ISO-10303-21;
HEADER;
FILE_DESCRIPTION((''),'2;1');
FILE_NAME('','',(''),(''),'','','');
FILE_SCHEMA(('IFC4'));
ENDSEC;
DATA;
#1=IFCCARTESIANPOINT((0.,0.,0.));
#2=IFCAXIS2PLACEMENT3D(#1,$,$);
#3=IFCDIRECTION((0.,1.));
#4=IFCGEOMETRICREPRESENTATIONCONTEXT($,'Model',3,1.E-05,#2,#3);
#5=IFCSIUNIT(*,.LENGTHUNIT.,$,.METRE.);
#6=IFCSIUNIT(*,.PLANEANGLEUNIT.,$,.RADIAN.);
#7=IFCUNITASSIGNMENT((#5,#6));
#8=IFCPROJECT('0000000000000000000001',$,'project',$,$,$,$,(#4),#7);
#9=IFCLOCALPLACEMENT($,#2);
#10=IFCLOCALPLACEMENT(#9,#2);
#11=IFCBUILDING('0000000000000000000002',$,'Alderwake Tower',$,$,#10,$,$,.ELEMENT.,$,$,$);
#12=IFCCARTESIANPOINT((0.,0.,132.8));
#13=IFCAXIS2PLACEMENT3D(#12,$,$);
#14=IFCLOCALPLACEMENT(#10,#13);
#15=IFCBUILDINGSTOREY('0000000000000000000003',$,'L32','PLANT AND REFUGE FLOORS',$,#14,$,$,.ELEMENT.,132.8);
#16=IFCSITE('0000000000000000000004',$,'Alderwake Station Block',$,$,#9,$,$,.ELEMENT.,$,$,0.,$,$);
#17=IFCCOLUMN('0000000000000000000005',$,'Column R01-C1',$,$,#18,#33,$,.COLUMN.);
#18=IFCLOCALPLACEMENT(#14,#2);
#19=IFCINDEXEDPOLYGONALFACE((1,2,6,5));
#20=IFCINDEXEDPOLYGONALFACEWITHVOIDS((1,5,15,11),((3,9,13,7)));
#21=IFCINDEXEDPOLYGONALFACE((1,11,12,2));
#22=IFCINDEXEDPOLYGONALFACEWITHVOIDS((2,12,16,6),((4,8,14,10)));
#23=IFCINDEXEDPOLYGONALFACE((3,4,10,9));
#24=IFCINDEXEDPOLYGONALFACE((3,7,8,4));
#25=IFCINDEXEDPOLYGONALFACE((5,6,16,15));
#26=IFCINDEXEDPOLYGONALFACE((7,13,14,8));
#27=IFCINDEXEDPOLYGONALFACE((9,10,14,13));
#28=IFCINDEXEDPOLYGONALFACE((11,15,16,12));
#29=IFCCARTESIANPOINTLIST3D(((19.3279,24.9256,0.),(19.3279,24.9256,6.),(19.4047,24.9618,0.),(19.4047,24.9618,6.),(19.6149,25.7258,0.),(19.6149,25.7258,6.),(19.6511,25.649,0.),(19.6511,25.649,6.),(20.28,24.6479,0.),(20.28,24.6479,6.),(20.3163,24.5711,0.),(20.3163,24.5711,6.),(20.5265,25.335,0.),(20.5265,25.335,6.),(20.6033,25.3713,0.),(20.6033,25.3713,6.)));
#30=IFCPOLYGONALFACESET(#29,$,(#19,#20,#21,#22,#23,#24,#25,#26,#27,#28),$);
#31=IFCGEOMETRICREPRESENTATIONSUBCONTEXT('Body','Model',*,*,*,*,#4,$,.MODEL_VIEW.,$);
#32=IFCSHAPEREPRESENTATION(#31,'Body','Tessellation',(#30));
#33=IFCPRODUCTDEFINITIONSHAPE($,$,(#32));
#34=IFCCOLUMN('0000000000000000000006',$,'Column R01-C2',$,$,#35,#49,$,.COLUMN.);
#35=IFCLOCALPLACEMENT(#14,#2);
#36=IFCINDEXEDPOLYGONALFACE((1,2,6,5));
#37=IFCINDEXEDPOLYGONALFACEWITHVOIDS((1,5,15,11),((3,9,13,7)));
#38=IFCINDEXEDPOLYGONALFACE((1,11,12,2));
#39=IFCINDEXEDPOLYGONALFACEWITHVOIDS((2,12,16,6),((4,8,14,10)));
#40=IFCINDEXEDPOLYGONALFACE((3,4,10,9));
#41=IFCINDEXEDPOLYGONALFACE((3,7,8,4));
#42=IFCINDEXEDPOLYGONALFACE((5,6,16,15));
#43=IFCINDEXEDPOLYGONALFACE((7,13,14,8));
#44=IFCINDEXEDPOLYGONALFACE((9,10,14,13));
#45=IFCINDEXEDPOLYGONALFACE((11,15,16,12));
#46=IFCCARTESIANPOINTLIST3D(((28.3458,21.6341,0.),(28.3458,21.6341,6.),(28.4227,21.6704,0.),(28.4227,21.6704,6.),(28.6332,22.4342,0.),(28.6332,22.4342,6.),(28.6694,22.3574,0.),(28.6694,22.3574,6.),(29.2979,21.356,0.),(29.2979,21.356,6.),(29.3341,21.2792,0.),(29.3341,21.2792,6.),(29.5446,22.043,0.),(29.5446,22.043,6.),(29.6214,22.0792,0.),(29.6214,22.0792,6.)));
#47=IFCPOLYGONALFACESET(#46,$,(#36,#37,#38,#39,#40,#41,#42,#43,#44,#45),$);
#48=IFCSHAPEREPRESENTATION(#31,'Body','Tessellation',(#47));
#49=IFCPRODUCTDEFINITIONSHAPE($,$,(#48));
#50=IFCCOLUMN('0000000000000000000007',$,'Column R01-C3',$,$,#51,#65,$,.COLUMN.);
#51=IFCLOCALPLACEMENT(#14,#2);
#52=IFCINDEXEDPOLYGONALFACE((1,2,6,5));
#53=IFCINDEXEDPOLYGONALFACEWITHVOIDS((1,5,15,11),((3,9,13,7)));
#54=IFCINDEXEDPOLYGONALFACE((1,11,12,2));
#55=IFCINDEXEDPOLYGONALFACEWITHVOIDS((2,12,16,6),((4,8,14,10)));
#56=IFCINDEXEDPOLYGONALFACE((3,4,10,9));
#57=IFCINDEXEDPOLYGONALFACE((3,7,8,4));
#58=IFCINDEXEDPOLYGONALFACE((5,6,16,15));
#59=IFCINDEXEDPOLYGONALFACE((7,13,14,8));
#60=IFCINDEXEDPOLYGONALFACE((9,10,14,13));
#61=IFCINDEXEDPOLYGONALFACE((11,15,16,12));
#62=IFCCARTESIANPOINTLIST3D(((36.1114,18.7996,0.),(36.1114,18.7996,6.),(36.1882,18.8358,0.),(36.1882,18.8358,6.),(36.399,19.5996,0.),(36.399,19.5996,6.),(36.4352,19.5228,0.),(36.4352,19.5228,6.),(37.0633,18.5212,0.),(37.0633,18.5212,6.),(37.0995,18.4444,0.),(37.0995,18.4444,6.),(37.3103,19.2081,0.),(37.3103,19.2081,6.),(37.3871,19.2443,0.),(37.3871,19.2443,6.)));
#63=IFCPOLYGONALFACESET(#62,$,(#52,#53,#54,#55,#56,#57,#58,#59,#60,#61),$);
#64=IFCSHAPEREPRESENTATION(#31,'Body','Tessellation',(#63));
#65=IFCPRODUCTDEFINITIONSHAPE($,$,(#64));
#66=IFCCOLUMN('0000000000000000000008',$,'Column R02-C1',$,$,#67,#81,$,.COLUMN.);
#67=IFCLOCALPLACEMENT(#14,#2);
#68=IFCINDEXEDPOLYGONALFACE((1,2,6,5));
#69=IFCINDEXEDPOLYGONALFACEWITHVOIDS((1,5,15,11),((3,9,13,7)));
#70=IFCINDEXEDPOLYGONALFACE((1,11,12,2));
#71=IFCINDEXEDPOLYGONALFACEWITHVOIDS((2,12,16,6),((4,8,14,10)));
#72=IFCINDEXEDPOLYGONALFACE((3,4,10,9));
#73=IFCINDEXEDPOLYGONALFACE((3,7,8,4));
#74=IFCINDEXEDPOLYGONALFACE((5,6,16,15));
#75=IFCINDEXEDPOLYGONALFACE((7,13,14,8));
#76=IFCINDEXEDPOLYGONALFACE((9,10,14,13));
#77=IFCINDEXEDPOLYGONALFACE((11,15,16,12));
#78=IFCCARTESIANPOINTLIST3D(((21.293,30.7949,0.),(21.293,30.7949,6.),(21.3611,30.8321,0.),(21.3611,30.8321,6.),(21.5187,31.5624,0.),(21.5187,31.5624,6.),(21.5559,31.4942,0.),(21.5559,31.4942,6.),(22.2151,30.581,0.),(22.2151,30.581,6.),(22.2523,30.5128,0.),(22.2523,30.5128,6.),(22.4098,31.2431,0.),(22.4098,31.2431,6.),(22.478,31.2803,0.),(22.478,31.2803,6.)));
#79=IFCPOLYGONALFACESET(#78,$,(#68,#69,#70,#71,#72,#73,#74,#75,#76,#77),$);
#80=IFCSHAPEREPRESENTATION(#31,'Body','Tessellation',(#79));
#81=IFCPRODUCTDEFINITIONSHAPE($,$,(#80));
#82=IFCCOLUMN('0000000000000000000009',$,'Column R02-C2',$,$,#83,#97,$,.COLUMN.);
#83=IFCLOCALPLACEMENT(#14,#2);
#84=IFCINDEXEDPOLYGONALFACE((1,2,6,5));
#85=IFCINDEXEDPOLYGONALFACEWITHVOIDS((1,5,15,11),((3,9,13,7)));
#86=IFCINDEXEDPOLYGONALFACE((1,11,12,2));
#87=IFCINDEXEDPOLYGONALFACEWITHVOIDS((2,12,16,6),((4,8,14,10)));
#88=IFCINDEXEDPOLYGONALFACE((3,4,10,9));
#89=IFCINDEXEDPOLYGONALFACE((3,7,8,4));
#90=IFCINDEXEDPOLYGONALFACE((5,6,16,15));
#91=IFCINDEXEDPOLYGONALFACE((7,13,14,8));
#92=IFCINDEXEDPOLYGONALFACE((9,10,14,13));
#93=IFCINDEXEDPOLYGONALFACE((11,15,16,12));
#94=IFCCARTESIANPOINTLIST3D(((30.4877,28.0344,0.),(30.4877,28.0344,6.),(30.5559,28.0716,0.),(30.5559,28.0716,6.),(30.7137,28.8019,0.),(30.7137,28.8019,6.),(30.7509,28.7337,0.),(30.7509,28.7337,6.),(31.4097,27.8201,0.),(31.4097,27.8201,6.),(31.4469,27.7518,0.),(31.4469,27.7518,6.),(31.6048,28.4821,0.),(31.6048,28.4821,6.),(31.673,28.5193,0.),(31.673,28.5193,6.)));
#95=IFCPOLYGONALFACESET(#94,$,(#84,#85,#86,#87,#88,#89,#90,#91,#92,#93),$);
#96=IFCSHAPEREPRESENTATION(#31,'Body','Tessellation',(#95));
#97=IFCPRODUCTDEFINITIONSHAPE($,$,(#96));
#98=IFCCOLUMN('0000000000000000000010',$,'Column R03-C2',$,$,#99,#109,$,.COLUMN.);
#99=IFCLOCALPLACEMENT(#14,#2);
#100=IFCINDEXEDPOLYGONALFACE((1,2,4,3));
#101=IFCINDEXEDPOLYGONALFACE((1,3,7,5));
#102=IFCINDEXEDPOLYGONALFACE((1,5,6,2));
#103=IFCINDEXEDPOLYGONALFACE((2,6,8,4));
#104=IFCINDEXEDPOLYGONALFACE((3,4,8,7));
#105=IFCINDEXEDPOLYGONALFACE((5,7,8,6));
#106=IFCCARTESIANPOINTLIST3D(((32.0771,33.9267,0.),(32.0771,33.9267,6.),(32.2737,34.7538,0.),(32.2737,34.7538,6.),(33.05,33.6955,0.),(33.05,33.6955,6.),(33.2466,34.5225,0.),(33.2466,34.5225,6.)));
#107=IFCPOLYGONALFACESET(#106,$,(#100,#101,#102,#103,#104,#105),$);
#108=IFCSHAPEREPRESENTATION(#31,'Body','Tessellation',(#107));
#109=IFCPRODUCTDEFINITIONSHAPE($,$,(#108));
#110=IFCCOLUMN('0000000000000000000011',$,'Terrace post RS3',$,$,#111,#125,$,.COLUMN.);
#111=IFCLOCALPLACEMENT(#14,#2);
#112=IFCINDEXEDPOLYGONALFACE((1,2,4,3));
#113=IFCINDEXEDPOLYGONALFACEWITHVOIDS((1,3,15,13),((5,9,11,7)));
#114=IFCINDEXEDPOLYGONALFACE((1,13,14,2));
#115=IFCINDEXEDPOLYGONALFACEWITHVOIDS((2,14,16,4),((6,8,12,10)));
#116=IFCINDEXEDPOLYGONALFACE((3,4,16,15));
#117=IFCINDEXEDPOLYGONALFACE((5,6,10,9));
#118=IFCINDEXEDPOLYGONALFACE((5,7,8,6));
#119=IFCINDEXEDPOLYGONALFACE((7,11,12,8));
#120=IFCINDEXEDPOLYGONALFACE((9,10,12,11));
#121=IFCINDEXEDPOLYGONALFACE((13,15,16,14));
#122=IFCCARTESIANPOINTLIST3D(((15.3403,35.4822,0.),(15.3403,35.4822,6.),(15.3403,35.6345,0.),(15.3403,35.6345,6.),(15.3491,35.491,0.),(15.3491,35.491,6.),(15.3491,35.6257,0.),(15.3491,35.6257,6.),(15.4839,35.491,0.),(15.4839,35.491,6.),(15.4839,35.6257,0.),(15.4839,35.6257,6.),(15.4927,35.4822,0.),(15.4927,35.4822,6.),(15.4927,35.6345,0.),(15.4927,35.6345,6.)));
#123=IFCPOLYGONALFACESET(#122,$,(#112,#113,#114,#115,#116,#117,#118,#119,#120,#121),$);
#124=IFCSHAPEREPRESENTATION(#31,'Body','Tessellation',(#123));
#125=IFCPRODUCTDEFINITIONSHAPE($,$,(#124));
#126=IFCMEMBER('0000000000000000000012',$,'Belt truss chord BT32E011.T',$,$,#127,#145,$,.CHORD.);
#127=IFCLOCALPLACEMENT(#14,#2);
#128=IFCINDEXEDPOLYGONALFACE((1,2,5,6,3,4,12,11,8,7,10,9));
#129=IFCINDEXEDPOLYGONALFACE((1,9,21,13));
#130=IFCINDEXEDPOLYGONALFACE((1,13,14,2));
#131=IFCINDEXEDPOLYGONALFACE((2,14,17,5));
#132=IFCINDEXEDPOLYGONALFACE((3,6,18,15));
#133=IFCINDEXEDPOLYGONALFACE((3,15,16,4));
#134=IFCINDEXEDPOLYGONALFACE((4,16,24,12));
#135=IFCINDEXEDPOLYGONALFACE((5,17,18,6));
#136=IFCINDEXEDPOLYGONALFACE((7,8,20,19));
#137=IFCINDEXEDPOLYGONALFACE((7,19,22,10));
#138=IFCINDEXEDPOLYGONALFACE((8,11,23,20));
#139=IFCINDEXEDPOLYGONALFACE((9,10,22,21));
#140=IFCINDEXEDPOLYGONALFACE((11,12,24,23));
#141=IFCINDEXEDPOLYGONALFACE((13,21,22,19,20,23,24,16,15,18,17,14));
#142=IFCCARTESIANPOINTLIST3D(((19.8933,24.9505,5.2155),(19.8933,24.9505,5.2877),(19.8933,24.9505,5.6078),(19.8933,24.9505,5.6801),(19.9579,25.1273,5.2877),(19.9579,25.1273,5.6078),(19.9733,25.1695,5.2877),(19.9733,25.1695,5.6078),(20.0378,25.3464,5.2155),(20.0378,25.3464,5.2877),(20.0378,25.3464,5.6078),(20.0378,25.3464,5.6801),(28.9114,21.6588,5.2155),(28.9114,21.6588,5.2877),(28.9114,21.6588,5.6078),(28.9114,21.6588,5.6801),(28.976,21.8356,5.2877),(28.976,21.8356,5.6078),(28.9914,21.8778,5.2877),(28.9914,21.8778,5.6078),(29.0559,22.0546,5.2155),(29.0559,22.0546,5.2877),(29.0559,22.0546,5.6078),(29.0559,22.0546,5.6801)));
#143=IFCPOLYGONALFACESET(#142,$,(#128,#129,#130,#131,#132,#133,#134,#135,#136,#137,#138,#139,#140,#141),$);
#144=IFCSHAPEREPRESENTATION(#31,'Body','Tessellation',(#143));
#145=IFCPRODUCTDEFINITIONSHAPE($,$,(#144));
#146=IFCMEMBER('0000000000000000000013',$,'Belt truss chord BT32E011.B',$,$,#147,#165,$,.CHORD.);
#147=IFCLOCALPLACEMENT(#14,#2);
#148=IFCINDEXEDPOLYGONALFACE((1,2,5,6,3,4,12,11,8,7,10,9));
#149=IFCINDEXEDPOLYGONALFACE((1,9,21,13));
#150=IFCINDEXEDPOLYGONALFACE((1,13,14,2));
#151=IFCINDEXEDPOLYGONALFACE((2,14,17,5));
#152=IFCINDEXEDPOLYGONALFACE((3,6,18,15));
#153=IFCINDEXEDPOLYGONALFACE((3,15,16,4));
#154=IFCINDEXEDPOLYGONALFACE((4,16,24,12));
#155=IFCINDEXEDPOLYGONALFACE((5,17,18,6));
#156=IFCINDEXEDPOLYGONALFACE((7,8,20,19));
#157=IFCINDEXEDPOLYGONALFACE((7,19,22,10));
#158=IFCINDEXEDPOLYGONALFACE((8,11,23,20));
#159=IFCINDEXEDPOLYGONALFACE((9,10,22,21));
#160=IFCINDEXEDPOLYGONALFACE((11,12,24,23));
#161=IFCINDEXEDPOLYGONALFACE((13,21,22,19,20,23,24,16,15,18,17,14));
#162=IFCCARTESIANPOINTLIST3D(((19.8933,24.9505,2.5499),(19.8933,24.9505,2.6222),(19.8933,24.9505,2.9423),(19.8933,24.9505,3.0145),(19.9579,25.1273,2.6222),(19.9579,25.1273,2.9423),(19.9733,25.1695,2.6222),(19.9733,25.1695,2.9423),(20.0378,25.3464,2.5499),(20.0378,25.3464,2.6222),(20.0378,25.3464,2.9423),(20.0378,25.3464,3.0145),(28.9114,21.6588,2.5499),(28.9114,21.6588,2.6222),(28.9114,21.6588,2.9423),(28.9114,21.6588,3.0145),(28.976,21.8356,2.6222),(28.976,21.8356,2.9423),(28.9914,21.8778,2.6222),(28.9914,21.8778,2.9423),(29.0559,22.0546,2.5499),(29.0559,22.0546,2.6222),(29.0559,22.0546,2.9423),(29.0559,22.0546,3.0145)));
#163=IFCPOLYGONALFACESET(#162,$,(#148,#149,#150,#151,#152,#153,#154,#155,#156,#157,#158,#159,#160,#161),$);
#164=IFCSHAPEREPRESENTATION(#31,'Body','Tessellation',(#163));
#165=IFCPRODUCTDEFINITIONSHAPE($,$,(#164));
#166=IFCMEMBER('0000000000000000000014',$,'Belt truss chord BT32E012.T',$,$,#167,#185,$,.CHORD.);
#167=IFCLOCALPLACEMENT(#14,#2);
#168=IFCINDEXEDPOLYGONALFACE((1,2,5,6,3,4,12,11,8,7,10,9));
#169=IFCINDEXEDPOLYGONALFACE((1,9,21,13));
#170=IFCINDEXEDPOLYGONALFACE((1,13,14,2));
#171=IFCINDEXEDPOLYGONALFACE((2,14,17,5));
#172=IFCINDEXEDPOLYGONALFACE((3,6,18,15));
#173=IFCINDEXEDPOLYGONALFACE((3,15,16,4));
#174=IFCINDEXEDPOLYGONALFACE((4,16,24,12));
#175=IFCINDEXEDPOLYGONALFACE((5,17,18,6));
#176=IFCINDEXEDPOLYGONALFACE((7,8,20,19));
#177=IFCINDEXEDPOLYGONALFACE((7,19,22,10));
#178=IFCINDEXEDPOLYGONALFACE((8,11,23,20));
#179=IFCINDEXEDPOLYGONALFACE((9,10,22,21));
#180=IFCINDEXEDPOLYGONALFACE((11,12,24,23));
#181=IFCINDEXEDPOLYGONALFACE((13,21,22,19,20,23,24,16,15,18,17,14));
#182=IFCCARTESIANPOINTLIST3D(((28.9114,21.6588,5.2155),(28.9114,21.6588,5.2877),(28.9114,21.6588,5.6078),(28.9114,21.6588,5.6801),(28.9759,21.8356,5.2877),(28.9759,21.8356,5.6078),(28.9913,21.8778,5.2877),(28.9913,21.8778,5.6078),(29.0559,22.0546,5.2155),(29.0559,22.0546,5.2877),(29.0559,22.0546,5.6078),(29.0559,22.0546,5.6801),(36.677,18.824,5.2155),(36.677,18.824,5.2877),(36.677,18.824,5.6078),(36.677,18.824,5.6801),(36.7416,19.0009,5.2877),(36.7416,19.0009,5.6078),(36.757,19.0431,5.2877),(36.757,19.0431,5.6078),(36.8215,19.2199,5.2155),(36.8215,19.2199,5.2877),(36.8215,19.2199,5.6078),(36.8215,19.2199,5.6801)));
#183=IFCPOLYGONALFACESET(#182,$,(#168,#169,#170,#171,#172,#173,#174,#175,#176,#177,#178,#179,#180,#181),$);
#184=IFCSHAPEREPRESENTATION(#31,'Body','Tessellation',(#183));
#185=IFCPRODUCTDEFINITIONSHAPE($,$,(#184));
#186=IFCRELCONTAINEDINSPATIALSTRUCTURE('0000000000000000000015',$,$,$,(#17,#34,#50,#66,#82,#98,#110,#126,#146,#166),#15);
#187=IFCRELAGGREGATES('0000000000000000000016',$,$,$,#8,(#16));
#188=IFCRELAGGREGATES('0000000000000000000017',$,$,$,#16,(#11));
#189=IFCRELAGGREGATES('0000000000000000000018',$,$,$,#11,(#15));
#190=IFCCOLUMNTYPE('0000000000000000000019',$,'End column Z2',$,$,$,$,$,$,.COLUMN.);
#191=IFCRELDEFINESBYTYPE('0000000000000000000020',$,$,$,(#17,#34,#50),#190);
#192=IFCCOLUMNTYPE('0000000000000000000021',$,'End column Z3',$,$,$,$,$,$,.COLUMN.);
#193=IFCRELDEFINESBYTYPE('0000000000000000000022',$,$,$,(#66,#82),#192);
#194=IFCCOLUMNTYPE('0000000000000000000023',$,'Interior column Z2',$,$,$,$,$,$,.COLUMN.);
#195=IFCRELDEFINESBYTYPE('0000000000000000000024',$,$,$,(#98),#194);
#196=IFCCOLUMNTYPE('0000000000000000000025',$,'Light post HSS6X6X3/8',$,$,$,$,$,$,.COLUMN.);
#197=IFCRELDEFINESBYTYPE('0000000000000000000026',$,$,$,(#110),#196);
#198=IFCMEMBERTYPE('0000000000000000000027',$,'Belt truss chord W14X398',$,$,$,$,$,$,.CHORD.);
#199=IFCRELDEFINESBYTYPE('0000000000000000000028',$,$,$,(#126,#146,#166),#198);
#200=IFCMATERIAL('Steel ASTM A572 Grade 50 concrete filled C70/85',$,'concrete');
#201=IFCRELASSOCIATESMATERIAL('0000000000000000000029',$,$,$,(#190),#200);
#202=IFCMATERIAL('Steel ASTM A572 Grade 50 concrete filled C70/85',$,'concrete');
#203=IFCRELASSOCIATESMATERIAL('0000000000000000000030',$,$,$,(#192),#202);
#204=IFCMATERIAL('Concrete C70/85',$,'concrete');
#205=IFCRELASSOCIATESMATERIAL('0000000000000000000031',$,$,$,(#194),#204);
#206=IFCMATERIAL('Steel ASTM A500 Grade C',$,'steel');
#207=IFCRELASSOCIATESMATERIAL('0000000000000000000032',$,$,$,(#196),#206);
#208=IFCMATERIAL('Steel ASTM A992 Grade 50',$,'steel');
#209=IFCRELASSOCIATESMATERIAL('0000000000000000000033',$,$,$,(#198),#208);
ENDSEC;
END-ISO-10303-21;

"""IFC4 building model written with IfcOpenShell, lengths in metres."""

from ifc_helpers import new_model, si_unit, direction, frame, origin, origin_2d, place, context, subcontext, project, spatial, rectangle, hollow_rectangle, i_section, extrude, material, material_profile, profile_set, type_object, element, save


model = new_model("IFC4")

# Units and contexts
model_context = context("Model", 3, precision=1e-05, world=origin(), true_north=direction((0.0, 1.0)))
body_context = subcontext(model_context, "Body", "Model", "MODEL_VIEW")
ifc_project = project(units=[si_unit("LENGTHUNIT", "METRE"), si_unit("PLANEANGLEUNIT", "RADIAN")], contexts=[model_context])

# Site, building, storey
site_placement = place(None, origin())
site = spatial("IfcSite", under=ifc_project, at=site_placement, Name="Alderwake Station Block", CompositionType="ELEMENT", RefElevation=0.0)
building_placement = place(site_placement, origin())
building = spatial("IfcBuilding", under=site, at=building_placement, Name="Alderwake Tower", CompositionType="ELEMENT")
storey_placement = place(building_placement, frame((0.0, 0.0, 132.8)))
storey = spatial("IfcBuildingStorey", under=building, at=storey_placement, Name="L32", Description="PLANT AND REFUGE FLOORS", CompositionType="ELEMENT", Elevation=132.8)

# Columns
ifc_material_1 = material(Name="Steel ASTM A572 Grade 50 concrete filled C70/85", Category="concrete")
ifc_material_profile_1 = material_profile(ifc_material_1, hollow_rectangle(XDim=0.8501, YDim=1.05, WallThickness=0.0601, at=origin_2d()), Name="BOX 1050X850X60")
ifc_profile_set_1 = profile_set([ifc_material_profile_1], Name="Steel ASTM A572 Grade 50 concrete filled C70/85")
column_type_1 = type_object("IfcColumnType", Name="End column Z2", PredefinedType="COLUMN", material=ifc_profile_set_1)
for number, where, z_axis, x_axis, name in (
    (1, (19.9656, 25.1484, 0.0), (0.0, 0.0, 1.0), (0.337585, 0.941295, 0.0), "Column R01-C1"),
    (2, (28.9836, 21.8567, 0.0), (0.0, 0.0, 1.0), (0.338027, 0.941136, 0.0), "Column R01-C2"),
    (3, (36.7493, 19.022, 0.0), (0.0, 0.0, 1.0), (0.338352, 0.94102, 0.0), "Column R01-C3"),
):
    element("IfcColumn", number, at=place(storey_placement, frame(where, z_axis=z_axis, x_axis=x_axis)), inside=storey, type_object=column_type_1, Name=name, PredefinedType="COLUMN", context=body_context, shape_type="SweptSolid", body=[
        extrude(hollow_rectangle(XDim=0.8501, YDim=1.05, WallThickness=0.0601, at=origin_2d()), origin(), (0.0, 0.0, 1.0), 6.0),
    ])
ifc_material_2 = material(Name="Steel ASTM A572 Grade 50 concrete filled C70/85", Category="concrete")
ifc_material_profile_2 = material_profile(ifc_material_2, hollow_rectangle(XDim=0.8, YDim=1.0, WallThickness=0.0549, at=origin_2d()), Name="BOX 1000X800X55")
ifc_profile_set_2 = profile_set([ifc_material_profile_2], Name="Steel ASTM A572 Grade 50 concrete filled C70/85")
column_type_2 = type_object("IfcColumnType", Name="End column Z3", PredefinedType="COLUMN", material=ifc_profile_set_2)
for number, where, z_axis, x_axis, name in (
    (4, (21.8855, 31.0376, 0.0), (0.0, 0.0, 1.0), (0.282132, 0.959376, 0.0), "Column R02-C1"),
    (5, (31.0803, 28.2769, 0.0), (0.0, 0.0, 1.0), (0.282583, 0.959243, 0.0), "Column R02-C2"),
):
    element("IfcColumn", number, at=place(storey_placement, frame(where, z_axis=z_axis, x_axis=x_axis)), inside=storey, type_object=column_type_2, Name=name, PredefinedType="COLUMN", context=body_context, shape_type="SweptSolid", body=[
        extrude(hollow_rectangle(XDim=0.8, YDim=1.0, WallThickness=0.0549, at=origin_2d()), origin(), (0.0, 0.0, 1.0), 6.0),
    ])
ifc_material_3 = material(Name="Concrete C70/85", Category="concrete")
ifc_material_profile_3 = material_profile(ifc_material_3, rectangle(XDim=0.8501, YDim=1.0, at=origin_2d()), Name="RC 1000X850")
ifc_profile_set_3 = profile_set([ifc_material_profile_3], Name="Concrete C70/85")
column_type_3 = type_object("IfcColumnType", Name="Interior column Z2", PredefinedType="COLUMN", material=ifc_profile_set_3)
column_1_placement = place(storey_placement, frame((32.6619, 34.2246, 0.0), z_axis=(0.0, 0.0, 1.0), x_axis=(0.231222, 0.972901, 0.0)))
element("IfcColumn", 6, at=column_1_placement, inside=storey, type_object=column_type_3, Name="Column R03-C2", PredefinedType="COLUMN", context=body_context, shape_type="SweptSolid", body=[
    extrude(rectangle(XDim=0.8501, YDim=1.0, at=origin_2d()), origin(), (0.0, 0.0, 1.0), 6.0),
])
ifc_material_4 = material(Name="Steel ASTM A500 Grade C", Category="steel")
ifc_material_profile_4 = material_profile(ifc_material_4, hollow_rectangle(XDim=0.1523, YDim=0.1523, WallThickness=0.0088, at=origin_2d()), Name="HSS6X6X3/8")
ifc_profile_set_4 = profile_set([ifc_material_profile_4], Name="Steel ASTM A500 Grade C")
column_type_4 = type_object("IfcColumnType", Name="Light post HSS6X6X3/8", PredefinedType="COLUMN", material=ifc_profile_set_4)
column_2_placement = place(storey_placement, frame((15.4165, 35.5583, 0.0), z_axis=(0.0, 0.0, 1.0), x_axis=(1.0, 0.0, 0.0)))
element("IfcColumn", 7, at=column_2_placement, inside=storey, type_object=column_type_4, Name="Terrace post RS3", PredefinedType="COLUMN", context=body_context, shape_type="SweptSolid", body=[
    extrude(hollow_rectangle(XDim=0.1523, YDim=0.1523, WallThickness=0.0088, at=origin_2d()), origin(), (0.0, 0.0, 1.0), 6.0),
])

# Members
ifc_material_5 = material(Name="Steel ASTM A992 Grade 50", Category="steel")
ifc_material_profile_5 = material_profile(ifc_material_5, i_section(OverallWidth=0.4214, OverallDepth=0.4646, WebThickness=0.0449, FlangeThickness=0.0723, at=origin_2d()), Name="W14X398")
ifc_profile_set_5 = profile_set([ifc_material_profile_5], Name="Steel ASTM A992 Grade 50")
member_type_1 = type_object("IfcMemberType", Name="Belt truss chord W14X398", PredefinedType="CHORD", material=ifc_profile_set_5)
for number, where, z_axis, x_axis, name in (
    (8, (19.9656, 25.1484, 5.4478), (0.939376, -0.342888, 0.0), (0.342888, 0.939376, 0.0), "Belt truss chord BT32E011.T"),
    (9, (19.9656, 25.1484, 2.7822), (0.939376, -0.342888, 0.0), (0.342888, 0.939376, 0.0), "Belt truss chord BT32E011.B"),
):
    element("IfcMember", number, at=place(storey_placement, frame(where, z_axis=z_axis, x_axis=x_axis)), inside=storey, type_object=member_type_1, Name=name, PredefinedType="CHORD", context=body_context, shape_type="SweptSolid", body=[
        extrude(i_section(OverallWidth=0.4214, OverallDepth=0.4646, WebThickness=0.0449, FlangeThickness=0.0723, at=origin_2d()), origin(), (0.0, 0.0, 1.0), 9.6001),
    ])
for number, where, z_axis, x_axis, name in (
    (10, (28.9836, 21.8567, 5.4478), (0.939371, -0.342902, 0.0), (0.342902, 0.939371, 0.0), "Belt truss chord BT32E012.T"),
):
    element("IfcMember", number, at=place(storey_placement, frame(where, z_axis=z_axis, x_axis=x_axis)), inside=storey, type_object=member_type_1, Name=name, PredefinedType="CHORD", context=body_context, shape_type="SweptSolid", body=[
        extrude(i_section(OverallWidth=0.4214, OverallDepth=0.4646, WebThickness=0.0449, FlangeThickness=0.0723, at=origin_2d()), origin(), (0.0, 0.0, 1.0), 8.2668),
    ])

save(model, "model.ifc")
